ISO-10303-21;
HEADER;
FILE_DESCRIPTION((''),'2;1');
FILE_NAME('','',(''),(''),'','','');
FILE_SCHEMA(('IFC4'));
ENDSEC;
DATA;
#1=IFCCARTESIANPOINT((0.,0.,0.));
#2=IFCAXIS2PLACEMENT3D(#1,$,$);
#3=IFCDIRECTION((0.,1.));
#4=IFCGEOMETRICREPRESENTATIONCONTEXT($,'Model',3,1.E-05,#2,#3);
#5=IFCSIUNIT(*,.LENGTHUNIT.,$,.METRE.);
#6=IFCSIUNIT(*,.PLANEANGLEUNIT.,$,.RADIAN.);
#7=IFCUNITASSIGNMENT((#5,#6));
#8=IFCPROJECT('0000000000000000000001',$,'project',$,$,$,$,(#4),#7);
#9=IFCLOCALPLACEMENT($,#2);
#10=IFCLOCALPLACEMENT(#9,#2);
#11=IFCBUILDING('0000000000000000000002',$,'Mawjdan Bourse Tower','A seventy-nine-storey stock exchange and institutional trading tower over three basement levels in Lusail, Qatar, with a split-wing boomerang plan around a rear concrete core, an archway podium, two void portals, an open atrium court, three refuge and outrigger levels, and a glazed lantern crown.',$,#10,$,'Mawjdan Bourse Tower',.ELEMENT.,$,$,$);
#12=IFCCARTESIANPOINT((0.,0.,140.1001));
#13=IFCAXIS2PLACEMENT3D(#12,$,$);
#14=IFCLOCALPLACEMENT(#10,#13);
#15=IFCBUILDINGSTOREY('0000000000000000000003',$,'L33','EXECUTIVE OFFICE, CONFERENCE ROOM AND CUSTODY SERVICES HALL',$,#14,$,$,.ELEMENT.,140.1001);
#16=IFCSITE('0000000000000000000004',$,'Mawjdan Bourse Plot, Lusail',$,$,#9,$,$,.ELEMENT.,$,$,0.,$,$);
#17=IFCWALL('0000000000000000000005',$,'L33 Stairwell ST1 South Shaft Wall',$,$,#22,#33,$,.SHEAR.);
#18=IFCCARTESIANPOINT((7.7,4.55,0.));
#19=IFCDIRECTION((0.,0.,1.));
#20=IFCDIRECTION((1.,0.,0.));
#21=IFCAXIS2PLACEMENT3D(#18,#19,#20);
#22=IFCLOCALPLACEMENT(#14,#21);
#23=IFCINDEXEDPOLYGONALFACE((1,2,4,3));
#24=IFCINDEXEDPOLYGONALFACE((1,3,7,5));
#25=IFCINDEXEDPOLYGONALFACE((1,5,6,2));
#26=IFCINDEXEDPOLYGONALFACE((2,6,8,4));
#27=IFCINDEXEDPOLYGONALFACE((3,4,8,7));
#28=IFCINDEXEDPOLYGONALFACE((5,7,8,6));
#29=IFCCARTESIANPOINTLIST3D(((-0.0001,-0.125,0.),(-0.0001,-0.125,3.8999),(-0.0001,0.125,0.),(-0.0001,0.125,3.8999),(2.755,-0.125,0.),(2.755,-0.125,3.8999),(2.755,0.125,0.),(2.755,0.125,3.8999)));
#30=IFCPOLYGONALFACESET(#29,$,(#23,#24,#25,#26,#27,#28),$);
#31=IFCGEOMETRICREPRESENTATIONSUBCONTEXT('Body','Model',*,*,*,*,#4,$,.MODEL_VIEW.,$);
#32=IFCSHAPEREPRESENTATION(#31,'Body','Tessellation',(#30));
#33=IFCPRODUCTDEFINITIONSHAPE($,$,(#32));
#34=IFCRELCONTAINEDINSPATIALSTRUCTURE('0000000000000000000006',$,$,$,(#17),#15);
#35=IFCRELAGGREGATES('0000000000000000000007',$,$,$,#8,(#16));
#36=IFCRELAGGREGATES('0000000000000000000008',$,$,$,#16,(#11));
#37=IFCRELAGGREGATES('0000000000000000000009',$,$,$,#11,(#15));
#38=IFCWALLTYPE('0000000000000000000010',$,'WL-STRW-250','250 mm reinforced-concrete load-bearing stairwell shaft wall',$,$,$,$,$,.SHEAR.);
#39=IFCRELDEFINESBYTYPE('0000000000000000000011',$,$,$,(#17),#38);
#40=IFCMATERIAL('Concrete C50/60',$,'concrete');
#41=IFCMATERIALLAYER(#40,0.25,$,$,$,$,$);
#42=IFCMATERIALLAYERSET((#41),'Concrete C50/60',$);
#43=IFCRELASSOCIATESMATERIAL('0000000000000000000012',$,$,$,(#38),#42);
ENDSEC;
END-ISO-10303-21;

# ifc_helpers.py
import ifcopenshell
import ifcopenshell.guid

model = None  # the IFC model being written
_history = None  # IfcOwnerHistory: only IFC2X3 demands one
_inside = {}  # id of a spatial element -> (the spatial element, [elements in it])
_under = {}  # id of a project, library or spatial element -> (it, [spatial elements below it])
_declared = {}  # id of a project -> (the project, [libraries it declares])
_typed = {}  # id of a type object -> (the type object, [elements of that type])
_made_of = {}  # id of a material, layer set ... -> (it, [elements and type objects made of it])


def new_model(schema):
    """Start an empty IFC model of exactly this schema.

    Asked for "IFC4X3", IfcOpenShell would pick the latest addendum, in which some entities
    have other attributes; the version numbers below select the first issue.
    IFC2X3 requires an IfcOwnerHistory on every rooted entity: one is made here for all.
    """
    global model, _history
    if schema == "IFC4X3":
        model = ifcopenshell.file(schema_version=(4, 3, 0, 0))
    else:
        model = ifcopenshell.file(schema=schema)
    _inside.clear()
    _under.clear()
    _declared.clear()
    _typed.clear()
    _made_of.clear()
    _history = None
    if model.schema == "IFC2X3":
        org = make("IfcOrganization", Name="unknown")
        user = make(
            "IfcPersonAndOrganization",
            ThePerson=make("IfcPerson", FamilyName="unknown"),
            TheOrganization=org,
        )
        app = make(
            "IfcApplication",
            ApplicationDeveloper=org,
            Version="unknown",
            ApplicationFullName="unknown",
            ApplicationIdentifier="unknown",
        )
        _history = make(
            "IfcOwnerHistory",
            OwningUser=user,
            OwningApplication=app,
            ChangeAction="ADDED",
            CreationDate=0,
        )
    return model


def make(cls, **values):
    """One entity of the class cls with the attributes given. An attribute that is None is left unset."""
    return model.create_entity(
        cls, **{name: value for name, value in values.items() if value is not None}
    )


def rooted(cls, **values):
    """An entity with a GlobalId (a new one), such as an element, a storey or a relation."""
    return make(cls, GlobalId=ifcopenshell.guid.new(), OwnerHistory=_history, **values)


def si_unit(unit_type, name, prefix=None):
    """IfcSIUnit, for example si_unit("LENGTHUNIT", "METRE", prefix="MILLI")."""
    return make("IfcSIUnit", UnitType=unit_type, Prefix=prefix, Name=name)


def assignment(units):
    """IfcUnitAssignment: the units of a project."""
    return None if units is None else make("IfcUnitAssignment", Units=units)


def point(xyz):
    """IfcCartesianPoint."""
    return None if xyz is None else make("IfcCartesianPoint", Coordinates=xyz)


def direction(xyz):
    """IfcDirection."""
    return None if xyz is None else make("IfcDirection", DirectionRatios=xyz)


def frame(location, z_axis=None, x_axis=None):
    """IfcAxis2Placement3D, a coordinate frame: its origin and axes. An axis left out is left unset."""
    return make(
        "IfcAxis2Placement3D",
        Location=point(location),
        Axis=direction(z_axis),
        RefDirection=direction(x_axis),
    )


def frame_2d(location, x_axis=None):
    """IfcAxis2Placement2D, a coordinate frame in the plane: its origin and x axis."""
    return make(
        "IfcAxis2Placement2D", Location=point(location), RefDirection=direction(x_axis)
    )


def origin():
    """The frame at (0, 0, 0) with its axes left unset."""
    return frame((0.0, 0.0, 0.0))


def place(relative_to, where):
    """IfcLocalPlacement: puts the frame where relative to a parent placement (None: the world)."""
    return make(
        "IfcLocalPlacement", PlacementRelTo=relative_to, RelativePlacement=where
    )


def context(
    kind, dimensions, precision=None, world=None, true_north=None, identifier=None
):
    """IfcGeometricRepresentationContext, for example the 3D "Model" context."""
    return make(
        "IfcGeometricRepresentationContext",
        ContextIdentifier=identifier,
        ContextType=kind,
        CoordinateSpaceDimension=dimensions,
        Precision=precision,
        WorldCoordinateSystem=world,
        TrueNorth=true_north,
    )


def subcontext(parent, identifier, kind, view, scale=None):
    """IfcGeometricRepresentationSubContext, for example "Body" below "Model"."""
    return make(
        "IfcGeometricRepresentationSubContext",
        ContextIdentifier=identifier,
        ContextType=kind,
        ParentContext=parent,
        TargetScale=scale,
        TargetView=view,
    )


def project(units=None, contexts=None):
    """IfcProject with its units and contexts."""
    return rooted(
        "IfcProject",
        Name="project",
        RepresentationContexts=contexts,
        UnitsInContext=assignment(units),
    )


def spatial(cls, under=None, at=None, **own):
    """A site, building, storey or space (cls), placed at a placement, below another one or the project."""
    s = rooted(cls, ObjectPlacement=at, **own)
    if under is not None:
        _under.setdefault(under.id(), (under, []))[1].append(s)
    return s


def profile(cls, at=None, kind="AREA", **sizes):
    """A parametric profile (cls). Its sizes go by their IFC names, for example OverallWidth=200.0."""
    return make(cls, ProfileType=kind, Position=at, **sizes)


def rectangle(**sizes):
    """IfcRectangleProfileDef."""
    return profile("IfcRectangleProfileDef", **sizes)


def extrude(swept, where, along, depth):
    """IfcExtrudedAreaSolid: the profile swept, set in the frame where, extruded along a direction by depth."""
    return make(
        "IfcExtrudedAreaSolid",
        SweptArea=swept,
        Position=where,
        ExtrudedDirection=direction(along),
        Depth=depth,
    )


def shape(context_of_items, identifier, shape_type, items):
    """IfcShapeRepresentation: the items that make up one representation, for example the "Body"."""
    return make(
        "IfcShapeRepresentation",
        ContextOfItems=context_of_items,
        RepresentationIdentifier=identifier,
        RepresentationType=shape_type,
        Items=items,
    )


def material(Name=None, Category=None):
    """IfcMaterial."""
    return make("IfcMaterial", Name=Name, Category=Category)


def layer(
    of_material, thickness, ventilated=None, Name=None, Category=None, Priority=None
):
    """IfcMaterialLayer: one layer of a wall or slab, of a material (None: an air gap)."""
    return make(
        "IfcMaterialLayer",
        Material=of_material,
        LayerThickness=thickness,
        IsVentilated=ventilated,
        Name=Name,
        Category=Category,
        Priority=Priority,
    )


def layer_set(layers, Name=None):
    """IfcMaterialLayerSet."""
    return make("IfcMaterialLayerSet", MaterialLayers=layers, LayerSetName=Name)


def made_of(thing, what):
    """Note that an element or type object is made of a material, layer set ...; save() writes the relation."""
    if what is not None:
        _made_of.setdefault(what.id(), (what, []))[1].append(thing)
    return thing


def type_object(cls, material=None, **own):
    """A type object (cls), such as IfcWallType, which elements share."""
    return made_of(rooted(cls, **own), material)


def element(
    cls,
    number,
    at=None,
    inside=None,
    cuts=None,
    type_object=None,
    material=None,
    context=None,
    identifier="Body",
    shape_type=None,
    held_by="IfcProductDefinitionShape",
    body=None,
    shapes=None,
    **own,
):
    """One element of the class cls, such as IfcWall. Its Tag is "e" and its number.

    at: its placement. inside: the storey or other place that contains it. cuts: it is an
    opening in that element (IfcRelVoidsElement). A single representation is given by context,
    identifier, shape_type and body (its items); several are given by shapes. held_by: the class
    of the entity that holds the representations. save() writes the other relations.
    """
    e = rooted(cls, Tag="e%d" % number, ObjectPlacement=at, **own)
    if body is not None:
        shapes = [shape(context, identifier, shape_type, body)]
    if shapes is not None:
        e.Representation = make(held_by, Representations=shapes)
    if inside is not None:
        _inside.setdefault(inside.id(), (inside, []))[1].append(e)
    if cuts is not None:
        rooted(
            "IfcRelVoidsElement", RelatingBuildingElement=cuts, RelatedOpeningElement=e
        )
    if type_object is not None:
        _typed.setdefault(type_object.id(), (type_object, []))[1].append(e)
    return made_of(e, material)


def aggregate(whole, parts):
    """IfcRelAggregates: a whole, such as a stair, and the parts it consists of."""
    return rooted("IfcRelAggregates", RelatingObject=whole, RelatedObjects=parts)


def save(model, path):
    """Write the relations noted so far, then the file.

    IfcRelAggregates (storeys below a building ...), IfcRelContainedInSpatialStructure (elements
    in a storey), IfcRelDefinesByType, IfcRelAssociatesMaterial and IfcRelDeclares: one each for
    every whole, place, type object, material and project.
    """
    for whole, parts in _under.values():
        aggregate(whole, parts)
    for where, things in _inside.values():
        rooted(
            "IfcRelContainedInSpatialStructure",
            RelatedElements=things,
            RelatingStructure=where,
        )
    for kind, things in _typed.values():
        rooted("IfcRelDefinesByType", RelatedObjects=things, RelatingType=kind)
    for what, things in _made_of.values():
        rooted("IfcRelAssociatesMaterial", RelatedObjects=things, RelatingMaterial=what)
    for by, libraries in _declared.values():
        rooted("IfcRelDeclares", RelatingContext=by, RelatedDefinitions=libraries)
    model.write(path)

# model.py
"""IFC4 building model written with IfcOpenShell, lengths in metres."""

from ifc_helpers import new_model, si_unit, direction, frame, frame_2d, origin, place, context, subcontext, project, spatial, rectangle, extrude, material, layer, layer_set, type_object, element, save


model = new_model("IFC4")

# Units and contexts
model_context = context("Model", 3, precision=1e-05, world=origin(), true_north=direction((0.0, 1.0)))
body_context = subcontext(model_context, "Body", "Model", "MODEL_VIEW")
ifc_project = project(units=[si_unit("LENGTHUNIT", "METRE"), si_unit("PLANEANGLEUNIT", "RADIAN")], contexts=[model_context])

# Site, building, storey
site_placement = place(None, origin())
site = spatial("IfcSite", under=ifc_project, at=site_placement, Name="Mawjdan Bourse Plot, Lusail", CompositionType="ELEMENT", RefElevation=0.0)
building_placement = place(site_placement, origin())
building = spatial("IfcBuilding", under=site, at=building_placement, Name="Mawjdan Bourse Tower", Description="A seventy-nine-storey stock exchange and institutional trading tower over three basement levels in Lusail, Qatar, with a split-wing boomerang plan around a rear concrete core, an archway podium, two void portals, an open atrium court, three refuge and outrigger levels, and a glazed lantern crown.", LongName="Mawjdan Bourse Tower", CompositionType="ELEMENT")
storey_placement = place(building_placement, frame((0.0, 0.0, 140.1001)))
storey = spatial("IfcBuildingStorey", under=building, at=storey_placement, Name="L33", Description="EXECUTIVE OFFICE, CONFERENCE ROOM AND CUSTODY SERVICES HALL", CompositionType="ELEMENT", Elevation=140.1001)

# Shared definitions
ifc_material_1 = material(Name="Concrete C50/60", Category="concrete")

# Wall
ifc_layer_1 = layer(ifc_material_1, 0.25)
ifc_layer_set_1 = layer_set([ifc_layer_1], Name="Concrete C50/60")
wall_type_1 = type_object("IfcWallType", Name="WL-STRW-250", Description="250 mm reinforced-concrete load-bearing stairwell shaft wall", PredefinedType="SHEAR", material=ifc_layer_set_1)
wall_1_placement = place(storey_placement, frame((7.7, 4.55, 0.0), z_axis=(0.0, 0.0, 1.0), x_axis=(1.0, 0.0, 0.0)))
element("IfcWall", 1, at=wall_1_placement, inside=storey, type_object=wall_type_1, Name="L33 Stairwell ST1 South Shaft Wall", PredefinedType="SHEAR", context=body_context, shape_type="SweptSolid", body=[
    extrude(rectangle(XDim=2.7551, YDim=0.25, at=frame_2d((1.3774, 0.0))), origin(), (0.0, 0.0, 1.0), 3.8999),
])

save(model, "model.ifc")
